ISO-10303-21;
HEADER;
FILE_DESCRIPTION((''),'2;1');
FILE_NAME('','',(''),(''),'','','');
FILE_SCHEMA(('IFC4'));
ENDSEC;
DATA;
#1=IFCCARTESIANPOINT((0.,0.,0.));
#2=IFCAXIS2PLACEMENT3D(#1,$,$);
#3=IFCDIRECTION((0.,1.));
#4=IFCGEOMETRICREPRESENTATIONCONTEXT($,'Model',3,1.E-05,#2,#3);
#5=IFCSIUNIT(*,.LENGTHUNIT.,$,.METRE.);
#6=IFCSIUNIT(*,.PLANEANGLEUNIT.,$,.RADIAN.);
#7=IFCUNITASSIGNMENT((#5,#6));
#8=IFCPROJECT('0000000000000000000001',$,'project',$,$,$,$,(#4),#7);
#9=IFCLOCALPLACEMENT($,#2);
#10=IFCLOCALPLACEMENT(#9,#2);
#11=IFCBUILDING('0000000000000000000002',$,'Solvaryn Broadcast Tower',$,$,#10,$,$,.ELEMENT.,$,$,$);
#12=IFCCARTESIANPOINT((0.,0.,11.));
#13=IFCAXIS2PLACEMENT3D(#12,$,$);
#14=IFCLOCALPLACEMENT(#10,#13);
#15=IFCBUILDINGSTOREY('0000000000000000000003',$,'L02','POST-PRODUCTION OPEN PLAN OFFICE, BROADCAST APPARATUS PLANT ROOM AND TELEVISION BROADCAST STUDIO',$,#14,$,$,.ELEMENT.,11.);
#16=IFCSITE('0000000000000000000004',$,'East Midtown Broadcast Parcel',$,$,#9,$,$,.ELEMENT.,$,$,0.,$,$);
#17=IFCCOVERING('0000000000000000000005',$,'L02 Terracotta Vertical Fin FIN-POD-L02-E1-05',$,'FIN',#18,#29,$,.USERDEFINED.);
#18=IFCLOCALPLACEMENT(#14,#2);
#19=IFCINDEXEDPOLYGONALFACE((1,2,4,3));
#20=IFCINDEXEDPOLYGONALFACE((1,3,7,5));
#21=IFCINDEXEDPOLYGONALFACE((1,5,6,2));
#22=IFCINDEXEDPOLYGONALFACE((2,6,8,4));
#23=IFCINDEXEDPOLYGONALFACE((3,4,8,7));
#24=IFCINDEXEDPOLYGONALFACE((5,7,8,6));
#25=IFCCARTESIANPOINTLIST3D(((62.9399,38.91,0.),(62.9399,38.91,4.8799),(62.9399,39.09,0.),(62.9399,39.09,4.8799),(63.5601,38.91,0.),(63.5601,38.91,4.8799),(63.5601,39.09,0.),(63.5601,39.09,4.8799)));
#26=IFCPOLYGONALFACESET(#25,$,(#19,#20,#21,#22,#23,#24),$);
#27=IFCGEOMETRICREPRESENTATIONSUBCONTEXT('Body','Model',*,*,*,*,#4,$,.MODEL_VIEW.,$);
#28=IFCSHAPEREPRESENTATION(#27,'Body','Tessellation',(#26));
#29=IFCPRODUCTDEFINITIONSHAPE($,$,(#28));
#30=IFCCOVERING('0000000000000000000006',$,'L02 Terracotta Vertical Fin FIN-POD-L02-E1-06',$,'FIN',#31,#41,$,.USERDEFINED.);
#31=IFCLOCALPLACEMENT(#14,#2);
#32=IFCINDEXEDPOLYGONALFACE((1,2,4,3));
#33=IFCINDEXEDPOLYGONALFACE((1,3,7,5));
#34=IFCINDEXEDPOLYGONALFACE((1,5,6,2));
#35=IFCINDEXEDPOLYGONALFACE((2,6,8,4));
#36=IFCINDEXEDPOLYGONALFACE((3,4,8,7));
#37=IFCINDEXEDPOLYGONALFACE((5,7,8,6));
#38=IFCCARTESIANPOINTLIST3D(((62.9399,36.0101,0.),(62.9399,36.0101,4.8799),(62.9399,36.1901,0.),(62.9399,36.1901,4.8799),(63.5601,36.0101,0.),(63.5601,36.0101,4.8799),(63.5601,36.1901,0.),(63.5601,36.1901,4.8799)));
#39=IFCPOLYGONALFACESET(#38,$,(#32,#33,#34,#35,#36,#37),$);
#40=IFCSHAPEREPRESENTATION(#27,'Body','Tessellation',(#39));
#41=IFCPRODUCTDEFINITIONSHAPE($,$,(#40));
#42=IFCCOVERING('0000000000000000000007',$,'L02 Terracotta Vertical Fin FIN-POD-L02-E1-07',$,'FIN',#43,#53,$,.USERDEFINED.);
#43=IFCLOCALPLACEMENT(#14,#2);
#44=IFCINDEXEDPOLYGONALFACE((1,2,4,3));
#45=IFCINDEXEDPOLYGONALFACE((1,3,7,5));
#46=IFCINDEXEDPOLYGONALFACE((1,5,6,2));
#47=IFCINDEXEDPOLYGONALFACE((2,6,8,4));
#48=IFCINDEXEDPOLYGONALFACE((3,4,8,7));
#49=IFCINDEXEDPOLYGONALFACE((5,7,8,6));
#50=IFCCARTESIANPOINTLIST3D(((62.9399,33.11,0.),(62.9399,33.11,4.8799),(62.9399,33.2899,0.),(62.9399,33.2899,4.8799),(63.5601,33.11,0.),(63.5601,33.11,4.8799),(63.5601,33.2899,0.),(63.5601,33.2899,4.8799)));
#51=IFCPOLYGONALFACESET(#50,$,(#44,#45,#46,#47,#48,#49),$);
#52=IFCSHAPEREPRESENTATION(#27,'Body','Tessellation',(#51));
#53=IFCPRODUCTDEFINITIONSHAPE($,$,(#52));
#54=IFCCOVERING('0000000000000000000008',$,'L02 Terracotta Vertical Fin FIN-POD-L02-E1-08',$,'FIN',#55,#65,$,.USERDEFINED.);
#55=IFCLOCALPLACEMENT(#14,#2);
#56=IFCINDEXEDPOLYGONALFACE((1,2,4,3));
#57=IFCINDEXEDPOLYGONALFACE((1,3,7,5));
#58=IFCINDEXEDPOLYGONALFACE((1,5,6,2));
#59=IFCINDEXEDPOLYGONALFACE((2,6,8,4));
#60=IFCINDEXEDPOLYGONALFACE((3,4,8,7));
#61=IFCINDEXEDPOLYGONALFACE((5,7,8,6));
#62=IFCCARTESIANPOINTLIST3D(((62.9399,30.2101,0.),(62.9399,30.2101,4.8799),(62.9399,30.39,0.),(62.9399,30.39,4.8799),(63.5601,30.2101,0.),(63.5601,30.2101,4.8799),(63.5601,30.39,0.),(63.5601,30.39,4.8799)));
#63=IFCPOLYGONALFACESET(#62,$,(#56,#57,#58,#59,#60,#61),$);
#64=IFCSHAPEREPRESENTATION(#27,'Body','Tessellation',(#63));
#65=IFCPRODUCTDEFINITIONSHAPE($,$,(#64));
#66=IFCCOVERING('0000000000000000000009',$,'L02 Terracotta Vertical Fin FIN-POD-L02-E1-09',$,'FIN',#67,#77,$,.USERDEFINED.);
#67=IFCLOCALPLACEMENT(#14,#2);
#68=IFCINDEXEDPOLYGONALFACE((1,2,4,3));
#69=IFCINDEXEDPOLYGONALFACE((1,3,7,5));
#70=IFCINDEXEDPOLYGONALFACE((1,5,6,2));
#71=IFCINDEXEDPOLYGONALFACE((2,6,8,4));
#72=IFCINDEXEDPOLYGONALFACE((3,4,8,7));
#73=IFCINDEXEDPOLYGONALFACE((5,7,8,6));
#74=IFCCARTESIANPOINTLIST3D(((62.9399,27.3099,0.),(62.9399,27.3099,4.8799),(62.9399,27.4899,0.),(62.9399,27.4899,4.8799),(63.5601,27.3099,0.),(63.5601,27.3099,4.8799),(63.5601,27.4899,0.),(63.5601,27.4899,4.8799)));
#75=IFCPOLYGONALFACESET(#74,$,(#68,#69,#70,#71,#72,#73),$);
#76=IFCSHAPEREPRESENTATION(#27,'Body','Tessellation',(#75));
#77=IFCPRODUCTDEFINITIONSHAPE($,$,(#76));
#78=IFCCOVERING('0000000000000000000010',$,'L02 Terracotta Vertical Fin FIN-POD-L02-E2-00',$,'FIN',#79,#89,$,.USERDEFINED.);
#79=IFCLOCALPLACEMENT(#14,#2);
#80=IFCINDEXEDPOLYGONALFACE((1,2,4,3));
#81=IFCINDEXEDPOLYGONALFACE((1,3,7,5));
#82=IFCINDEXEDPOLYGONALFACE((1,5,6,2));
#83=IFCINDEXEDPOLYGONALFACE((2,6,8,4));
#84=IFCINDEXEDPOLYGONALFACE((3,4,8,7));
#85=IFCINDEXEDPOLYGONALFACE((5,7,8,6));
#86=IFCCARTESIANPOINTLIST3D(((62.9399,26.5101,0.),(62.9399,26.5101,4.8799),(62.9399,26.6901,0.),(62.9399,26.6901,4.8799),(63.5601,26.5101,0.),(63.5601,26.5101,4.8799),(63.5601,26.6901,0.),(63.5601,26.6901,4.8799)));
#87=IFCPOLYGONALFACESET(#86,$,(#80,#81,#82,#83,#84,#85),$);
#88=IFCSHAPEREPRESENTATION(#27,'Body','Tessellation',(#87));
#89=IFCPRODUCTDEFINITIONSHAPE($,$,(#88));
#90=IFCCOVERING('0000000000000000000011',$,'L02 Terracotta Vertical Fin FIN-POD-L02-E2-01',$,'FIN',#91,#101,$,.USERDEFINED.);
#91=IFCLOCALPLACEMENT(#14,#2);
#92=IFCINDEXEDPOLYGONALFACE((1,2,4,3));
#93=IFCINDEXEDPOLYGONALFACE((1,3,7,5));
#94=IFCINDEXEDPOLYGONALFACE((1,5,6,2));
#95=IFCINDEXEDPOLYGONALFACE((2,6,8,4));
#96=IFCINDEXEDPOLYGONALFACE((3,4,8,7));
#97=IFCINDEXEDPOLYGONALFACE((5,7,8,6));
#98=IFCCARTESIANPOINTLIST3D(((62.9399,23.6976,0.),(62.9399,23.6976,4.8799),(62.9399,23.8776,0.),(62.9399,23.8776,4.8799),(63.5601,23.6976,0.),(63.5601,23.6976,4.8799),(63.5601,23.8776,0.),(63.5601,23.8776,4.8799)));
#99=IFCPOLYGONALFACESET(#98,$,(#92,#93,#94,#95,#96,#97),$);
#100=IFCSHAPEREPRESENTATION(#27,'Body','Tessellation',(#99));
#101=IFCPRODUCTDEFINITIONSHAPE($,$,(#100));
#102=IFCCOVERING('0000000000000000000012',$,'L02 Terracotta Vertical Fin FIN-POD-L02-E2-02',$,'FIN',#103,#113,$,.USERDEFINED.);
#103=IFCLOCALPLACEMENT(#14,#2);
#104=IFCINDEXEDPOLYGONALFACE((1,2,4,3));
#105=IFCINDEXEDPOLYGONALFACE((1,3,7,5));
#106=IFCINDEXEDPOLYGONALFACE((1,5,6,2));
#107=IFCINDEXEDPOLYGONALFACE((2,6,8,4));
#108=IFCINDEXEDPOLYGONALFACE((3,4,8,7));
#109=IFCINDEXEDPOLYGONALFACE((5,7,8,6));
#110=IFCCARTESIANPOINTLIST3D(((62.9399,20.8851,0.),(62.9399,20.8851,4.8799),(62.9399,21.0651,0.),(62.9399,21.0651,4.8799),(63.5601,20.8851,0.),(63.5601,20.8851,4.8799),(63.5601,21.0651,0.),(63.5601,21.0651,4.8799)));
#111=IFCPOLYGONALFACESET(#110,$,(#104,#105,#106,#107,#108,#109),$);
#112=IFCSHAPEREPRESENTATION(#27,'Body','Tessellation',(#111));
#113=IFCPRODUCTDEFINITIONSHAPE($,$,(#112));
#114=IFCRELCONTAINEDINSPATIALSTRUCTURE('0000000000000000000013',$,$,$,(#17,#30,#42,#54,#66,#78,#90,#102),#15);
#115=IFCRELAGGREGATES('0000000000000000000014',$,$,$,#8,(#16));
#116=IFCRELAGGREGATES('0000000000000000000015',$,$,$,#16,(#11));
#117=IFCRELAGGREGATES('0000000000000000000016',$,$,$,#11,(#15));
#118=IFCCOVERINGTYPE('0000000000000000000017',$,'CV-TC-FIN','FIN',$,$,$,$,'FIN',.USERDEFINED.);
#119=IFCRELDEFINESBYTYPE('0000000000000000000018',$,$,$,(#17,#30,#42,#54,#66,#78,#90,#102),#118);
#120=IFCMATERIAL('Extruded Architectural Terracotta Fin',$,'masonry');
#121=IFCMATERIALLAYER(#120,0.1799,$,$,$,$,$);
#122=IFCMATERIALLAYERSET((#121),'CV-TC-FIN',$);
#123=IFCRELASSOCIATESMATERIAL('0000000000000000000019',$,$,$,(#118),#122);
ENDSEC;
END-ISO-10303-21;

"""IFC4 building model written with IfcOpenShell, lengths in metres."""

from ifc_helpers import new_model, si_unit, direction, frame, origin, origin_2d, place, context, subcontext, project, spatial, rectangle, extrude, material, layer, layer_set, type_object, element, save


model = new_model("IFC4")

# Units and contexts
model_context = context("Model", 3, precision=1e-05, world=origin(), true_north=direction((0.0, 1.0)))
body_context = subcontext(model_context, "Body", "Model", "MODEL_VIEW")
ifc_project = project(units=[si_unit("LENGTHUNIT", "METRE"), si_unit("PLANEANGLEUNIT", "RADIAN")], contexts=[model_context])

# Site, building, storey
site_placement = place(None, origin())
site = spatial("IfcSite", under=ifc_project, at=site_placement, Name="East Midtown Broadcast Parcel", CompositionType="ELEMENT", RefElevation=0.0)
building_placement = place(site_placement, origin())
building = spatial("IfcBuilding", under=site, at=building_placement, Name="Solvaryn Broadcast Tower", CompositionType="ELEMENT")
storey_placement = place(building_placement, frame((0.0, 0.0, 11.0)))
storey = spatial("IfcBuildingStorey", under=building, at=storey_placement, Name="L02", Description="POST-PRODUCTION OPEN PLAN OFFICE, BROADCAST APPARATUS PLANT ROOM AND TELEVISION BROADCAST STUDIO", CompositionType="ELEMENT", Elevation=11.0)

# Coverings
ifc_material_1 = material(Name="Extruded Architectural Terracotta Fin", Category="masonry")
ifc_layer_1 = layer(ifc_material_1, 0.1799)
ifc_layer_set_1 = layer_set([ifc_layer_1], Name="CV-TC-FIN")
covering_type = type_object("IfcCoveringType", Name="CV-TC-FIN", Description="FIN", ElementType="FIN", PredefinedType="USERDEFINED", material=ifc_layer_set_1)
for number, where, z_axis, x_axis, name in (
    (1, (63.25, 39.0, 0.0), (0.0, 0.0, 1.0), (1.0, 0.0, 0.0), "L02 Terracotta Vertical Fin FIN-POD-L02-E1-05"),
    (2, (63.25, 36.1001, 0.0), (0.0, 0.0, 1.0), (1.0, 0.0, 0.0), "L02 Terracotta Vertical Fin FIN-POD-L02-E1-06"),
    (3, (63.25, 33.2, 0.0), (0.0, 0.0, 1.0), (1.0, 0.0, 0.0), "L02 Terracotta Vertical Fin FIN-POD-L02-E1-07"),
    (4, (63.25, 30.3, 0.0), (0.0, 0.0, 1.0), (1.0, 0.0, 0.0), "L02 Terracotta Vertical Fin FIN-POD-L02-E1-08"),
    (5, (63.25, 27.3999, 0.0), (0.0, 0.0, 1.0), (1.0, 0.0, 0.0), "L02 Terracotta Vertical Fin FIN-POD-L02-E1-09"),
    (6, (63.25, 26.6001, 0.0), (0.0, 0.0, 1.0), (1.0, 0.0, 0.0), "L02 Terracotta Vertical Fin FIN-POD-L02-E2-00"),
    (7, (63.25, 23.7876, 0.0), (0.0, 0.0, 1.0), (1.0, 0.0, 0.0), "L02 Terracotta Vertical Fin FIN-POD-L02-E2-01"),
    (8, (63.25, 20.9751, 0.0), (0.0, 0.0, 1.0), (1.0, 0.0, 0.0), "L02 Terracotta Vertical Fin FIN-POD-L02-E2-02"),
):
    element("IfcCovering", number, at=place(storey_placement, frame(where, z_axis=z_axis, x_axis=x_axis)), inside=storey, type_object=covering_type, Name=name, ObjectType="FIN", PredefinedType="USERDEFINED", context=body_context, shape_type="SweptSolid", body=[
        extrude(rectangle(XDim=0.6201, YDim=0.1799, at=origin_2d()), origin(), (0.0, 0.0, 1.0), 4.8799),
    ])

save(model, "model.ifc")
